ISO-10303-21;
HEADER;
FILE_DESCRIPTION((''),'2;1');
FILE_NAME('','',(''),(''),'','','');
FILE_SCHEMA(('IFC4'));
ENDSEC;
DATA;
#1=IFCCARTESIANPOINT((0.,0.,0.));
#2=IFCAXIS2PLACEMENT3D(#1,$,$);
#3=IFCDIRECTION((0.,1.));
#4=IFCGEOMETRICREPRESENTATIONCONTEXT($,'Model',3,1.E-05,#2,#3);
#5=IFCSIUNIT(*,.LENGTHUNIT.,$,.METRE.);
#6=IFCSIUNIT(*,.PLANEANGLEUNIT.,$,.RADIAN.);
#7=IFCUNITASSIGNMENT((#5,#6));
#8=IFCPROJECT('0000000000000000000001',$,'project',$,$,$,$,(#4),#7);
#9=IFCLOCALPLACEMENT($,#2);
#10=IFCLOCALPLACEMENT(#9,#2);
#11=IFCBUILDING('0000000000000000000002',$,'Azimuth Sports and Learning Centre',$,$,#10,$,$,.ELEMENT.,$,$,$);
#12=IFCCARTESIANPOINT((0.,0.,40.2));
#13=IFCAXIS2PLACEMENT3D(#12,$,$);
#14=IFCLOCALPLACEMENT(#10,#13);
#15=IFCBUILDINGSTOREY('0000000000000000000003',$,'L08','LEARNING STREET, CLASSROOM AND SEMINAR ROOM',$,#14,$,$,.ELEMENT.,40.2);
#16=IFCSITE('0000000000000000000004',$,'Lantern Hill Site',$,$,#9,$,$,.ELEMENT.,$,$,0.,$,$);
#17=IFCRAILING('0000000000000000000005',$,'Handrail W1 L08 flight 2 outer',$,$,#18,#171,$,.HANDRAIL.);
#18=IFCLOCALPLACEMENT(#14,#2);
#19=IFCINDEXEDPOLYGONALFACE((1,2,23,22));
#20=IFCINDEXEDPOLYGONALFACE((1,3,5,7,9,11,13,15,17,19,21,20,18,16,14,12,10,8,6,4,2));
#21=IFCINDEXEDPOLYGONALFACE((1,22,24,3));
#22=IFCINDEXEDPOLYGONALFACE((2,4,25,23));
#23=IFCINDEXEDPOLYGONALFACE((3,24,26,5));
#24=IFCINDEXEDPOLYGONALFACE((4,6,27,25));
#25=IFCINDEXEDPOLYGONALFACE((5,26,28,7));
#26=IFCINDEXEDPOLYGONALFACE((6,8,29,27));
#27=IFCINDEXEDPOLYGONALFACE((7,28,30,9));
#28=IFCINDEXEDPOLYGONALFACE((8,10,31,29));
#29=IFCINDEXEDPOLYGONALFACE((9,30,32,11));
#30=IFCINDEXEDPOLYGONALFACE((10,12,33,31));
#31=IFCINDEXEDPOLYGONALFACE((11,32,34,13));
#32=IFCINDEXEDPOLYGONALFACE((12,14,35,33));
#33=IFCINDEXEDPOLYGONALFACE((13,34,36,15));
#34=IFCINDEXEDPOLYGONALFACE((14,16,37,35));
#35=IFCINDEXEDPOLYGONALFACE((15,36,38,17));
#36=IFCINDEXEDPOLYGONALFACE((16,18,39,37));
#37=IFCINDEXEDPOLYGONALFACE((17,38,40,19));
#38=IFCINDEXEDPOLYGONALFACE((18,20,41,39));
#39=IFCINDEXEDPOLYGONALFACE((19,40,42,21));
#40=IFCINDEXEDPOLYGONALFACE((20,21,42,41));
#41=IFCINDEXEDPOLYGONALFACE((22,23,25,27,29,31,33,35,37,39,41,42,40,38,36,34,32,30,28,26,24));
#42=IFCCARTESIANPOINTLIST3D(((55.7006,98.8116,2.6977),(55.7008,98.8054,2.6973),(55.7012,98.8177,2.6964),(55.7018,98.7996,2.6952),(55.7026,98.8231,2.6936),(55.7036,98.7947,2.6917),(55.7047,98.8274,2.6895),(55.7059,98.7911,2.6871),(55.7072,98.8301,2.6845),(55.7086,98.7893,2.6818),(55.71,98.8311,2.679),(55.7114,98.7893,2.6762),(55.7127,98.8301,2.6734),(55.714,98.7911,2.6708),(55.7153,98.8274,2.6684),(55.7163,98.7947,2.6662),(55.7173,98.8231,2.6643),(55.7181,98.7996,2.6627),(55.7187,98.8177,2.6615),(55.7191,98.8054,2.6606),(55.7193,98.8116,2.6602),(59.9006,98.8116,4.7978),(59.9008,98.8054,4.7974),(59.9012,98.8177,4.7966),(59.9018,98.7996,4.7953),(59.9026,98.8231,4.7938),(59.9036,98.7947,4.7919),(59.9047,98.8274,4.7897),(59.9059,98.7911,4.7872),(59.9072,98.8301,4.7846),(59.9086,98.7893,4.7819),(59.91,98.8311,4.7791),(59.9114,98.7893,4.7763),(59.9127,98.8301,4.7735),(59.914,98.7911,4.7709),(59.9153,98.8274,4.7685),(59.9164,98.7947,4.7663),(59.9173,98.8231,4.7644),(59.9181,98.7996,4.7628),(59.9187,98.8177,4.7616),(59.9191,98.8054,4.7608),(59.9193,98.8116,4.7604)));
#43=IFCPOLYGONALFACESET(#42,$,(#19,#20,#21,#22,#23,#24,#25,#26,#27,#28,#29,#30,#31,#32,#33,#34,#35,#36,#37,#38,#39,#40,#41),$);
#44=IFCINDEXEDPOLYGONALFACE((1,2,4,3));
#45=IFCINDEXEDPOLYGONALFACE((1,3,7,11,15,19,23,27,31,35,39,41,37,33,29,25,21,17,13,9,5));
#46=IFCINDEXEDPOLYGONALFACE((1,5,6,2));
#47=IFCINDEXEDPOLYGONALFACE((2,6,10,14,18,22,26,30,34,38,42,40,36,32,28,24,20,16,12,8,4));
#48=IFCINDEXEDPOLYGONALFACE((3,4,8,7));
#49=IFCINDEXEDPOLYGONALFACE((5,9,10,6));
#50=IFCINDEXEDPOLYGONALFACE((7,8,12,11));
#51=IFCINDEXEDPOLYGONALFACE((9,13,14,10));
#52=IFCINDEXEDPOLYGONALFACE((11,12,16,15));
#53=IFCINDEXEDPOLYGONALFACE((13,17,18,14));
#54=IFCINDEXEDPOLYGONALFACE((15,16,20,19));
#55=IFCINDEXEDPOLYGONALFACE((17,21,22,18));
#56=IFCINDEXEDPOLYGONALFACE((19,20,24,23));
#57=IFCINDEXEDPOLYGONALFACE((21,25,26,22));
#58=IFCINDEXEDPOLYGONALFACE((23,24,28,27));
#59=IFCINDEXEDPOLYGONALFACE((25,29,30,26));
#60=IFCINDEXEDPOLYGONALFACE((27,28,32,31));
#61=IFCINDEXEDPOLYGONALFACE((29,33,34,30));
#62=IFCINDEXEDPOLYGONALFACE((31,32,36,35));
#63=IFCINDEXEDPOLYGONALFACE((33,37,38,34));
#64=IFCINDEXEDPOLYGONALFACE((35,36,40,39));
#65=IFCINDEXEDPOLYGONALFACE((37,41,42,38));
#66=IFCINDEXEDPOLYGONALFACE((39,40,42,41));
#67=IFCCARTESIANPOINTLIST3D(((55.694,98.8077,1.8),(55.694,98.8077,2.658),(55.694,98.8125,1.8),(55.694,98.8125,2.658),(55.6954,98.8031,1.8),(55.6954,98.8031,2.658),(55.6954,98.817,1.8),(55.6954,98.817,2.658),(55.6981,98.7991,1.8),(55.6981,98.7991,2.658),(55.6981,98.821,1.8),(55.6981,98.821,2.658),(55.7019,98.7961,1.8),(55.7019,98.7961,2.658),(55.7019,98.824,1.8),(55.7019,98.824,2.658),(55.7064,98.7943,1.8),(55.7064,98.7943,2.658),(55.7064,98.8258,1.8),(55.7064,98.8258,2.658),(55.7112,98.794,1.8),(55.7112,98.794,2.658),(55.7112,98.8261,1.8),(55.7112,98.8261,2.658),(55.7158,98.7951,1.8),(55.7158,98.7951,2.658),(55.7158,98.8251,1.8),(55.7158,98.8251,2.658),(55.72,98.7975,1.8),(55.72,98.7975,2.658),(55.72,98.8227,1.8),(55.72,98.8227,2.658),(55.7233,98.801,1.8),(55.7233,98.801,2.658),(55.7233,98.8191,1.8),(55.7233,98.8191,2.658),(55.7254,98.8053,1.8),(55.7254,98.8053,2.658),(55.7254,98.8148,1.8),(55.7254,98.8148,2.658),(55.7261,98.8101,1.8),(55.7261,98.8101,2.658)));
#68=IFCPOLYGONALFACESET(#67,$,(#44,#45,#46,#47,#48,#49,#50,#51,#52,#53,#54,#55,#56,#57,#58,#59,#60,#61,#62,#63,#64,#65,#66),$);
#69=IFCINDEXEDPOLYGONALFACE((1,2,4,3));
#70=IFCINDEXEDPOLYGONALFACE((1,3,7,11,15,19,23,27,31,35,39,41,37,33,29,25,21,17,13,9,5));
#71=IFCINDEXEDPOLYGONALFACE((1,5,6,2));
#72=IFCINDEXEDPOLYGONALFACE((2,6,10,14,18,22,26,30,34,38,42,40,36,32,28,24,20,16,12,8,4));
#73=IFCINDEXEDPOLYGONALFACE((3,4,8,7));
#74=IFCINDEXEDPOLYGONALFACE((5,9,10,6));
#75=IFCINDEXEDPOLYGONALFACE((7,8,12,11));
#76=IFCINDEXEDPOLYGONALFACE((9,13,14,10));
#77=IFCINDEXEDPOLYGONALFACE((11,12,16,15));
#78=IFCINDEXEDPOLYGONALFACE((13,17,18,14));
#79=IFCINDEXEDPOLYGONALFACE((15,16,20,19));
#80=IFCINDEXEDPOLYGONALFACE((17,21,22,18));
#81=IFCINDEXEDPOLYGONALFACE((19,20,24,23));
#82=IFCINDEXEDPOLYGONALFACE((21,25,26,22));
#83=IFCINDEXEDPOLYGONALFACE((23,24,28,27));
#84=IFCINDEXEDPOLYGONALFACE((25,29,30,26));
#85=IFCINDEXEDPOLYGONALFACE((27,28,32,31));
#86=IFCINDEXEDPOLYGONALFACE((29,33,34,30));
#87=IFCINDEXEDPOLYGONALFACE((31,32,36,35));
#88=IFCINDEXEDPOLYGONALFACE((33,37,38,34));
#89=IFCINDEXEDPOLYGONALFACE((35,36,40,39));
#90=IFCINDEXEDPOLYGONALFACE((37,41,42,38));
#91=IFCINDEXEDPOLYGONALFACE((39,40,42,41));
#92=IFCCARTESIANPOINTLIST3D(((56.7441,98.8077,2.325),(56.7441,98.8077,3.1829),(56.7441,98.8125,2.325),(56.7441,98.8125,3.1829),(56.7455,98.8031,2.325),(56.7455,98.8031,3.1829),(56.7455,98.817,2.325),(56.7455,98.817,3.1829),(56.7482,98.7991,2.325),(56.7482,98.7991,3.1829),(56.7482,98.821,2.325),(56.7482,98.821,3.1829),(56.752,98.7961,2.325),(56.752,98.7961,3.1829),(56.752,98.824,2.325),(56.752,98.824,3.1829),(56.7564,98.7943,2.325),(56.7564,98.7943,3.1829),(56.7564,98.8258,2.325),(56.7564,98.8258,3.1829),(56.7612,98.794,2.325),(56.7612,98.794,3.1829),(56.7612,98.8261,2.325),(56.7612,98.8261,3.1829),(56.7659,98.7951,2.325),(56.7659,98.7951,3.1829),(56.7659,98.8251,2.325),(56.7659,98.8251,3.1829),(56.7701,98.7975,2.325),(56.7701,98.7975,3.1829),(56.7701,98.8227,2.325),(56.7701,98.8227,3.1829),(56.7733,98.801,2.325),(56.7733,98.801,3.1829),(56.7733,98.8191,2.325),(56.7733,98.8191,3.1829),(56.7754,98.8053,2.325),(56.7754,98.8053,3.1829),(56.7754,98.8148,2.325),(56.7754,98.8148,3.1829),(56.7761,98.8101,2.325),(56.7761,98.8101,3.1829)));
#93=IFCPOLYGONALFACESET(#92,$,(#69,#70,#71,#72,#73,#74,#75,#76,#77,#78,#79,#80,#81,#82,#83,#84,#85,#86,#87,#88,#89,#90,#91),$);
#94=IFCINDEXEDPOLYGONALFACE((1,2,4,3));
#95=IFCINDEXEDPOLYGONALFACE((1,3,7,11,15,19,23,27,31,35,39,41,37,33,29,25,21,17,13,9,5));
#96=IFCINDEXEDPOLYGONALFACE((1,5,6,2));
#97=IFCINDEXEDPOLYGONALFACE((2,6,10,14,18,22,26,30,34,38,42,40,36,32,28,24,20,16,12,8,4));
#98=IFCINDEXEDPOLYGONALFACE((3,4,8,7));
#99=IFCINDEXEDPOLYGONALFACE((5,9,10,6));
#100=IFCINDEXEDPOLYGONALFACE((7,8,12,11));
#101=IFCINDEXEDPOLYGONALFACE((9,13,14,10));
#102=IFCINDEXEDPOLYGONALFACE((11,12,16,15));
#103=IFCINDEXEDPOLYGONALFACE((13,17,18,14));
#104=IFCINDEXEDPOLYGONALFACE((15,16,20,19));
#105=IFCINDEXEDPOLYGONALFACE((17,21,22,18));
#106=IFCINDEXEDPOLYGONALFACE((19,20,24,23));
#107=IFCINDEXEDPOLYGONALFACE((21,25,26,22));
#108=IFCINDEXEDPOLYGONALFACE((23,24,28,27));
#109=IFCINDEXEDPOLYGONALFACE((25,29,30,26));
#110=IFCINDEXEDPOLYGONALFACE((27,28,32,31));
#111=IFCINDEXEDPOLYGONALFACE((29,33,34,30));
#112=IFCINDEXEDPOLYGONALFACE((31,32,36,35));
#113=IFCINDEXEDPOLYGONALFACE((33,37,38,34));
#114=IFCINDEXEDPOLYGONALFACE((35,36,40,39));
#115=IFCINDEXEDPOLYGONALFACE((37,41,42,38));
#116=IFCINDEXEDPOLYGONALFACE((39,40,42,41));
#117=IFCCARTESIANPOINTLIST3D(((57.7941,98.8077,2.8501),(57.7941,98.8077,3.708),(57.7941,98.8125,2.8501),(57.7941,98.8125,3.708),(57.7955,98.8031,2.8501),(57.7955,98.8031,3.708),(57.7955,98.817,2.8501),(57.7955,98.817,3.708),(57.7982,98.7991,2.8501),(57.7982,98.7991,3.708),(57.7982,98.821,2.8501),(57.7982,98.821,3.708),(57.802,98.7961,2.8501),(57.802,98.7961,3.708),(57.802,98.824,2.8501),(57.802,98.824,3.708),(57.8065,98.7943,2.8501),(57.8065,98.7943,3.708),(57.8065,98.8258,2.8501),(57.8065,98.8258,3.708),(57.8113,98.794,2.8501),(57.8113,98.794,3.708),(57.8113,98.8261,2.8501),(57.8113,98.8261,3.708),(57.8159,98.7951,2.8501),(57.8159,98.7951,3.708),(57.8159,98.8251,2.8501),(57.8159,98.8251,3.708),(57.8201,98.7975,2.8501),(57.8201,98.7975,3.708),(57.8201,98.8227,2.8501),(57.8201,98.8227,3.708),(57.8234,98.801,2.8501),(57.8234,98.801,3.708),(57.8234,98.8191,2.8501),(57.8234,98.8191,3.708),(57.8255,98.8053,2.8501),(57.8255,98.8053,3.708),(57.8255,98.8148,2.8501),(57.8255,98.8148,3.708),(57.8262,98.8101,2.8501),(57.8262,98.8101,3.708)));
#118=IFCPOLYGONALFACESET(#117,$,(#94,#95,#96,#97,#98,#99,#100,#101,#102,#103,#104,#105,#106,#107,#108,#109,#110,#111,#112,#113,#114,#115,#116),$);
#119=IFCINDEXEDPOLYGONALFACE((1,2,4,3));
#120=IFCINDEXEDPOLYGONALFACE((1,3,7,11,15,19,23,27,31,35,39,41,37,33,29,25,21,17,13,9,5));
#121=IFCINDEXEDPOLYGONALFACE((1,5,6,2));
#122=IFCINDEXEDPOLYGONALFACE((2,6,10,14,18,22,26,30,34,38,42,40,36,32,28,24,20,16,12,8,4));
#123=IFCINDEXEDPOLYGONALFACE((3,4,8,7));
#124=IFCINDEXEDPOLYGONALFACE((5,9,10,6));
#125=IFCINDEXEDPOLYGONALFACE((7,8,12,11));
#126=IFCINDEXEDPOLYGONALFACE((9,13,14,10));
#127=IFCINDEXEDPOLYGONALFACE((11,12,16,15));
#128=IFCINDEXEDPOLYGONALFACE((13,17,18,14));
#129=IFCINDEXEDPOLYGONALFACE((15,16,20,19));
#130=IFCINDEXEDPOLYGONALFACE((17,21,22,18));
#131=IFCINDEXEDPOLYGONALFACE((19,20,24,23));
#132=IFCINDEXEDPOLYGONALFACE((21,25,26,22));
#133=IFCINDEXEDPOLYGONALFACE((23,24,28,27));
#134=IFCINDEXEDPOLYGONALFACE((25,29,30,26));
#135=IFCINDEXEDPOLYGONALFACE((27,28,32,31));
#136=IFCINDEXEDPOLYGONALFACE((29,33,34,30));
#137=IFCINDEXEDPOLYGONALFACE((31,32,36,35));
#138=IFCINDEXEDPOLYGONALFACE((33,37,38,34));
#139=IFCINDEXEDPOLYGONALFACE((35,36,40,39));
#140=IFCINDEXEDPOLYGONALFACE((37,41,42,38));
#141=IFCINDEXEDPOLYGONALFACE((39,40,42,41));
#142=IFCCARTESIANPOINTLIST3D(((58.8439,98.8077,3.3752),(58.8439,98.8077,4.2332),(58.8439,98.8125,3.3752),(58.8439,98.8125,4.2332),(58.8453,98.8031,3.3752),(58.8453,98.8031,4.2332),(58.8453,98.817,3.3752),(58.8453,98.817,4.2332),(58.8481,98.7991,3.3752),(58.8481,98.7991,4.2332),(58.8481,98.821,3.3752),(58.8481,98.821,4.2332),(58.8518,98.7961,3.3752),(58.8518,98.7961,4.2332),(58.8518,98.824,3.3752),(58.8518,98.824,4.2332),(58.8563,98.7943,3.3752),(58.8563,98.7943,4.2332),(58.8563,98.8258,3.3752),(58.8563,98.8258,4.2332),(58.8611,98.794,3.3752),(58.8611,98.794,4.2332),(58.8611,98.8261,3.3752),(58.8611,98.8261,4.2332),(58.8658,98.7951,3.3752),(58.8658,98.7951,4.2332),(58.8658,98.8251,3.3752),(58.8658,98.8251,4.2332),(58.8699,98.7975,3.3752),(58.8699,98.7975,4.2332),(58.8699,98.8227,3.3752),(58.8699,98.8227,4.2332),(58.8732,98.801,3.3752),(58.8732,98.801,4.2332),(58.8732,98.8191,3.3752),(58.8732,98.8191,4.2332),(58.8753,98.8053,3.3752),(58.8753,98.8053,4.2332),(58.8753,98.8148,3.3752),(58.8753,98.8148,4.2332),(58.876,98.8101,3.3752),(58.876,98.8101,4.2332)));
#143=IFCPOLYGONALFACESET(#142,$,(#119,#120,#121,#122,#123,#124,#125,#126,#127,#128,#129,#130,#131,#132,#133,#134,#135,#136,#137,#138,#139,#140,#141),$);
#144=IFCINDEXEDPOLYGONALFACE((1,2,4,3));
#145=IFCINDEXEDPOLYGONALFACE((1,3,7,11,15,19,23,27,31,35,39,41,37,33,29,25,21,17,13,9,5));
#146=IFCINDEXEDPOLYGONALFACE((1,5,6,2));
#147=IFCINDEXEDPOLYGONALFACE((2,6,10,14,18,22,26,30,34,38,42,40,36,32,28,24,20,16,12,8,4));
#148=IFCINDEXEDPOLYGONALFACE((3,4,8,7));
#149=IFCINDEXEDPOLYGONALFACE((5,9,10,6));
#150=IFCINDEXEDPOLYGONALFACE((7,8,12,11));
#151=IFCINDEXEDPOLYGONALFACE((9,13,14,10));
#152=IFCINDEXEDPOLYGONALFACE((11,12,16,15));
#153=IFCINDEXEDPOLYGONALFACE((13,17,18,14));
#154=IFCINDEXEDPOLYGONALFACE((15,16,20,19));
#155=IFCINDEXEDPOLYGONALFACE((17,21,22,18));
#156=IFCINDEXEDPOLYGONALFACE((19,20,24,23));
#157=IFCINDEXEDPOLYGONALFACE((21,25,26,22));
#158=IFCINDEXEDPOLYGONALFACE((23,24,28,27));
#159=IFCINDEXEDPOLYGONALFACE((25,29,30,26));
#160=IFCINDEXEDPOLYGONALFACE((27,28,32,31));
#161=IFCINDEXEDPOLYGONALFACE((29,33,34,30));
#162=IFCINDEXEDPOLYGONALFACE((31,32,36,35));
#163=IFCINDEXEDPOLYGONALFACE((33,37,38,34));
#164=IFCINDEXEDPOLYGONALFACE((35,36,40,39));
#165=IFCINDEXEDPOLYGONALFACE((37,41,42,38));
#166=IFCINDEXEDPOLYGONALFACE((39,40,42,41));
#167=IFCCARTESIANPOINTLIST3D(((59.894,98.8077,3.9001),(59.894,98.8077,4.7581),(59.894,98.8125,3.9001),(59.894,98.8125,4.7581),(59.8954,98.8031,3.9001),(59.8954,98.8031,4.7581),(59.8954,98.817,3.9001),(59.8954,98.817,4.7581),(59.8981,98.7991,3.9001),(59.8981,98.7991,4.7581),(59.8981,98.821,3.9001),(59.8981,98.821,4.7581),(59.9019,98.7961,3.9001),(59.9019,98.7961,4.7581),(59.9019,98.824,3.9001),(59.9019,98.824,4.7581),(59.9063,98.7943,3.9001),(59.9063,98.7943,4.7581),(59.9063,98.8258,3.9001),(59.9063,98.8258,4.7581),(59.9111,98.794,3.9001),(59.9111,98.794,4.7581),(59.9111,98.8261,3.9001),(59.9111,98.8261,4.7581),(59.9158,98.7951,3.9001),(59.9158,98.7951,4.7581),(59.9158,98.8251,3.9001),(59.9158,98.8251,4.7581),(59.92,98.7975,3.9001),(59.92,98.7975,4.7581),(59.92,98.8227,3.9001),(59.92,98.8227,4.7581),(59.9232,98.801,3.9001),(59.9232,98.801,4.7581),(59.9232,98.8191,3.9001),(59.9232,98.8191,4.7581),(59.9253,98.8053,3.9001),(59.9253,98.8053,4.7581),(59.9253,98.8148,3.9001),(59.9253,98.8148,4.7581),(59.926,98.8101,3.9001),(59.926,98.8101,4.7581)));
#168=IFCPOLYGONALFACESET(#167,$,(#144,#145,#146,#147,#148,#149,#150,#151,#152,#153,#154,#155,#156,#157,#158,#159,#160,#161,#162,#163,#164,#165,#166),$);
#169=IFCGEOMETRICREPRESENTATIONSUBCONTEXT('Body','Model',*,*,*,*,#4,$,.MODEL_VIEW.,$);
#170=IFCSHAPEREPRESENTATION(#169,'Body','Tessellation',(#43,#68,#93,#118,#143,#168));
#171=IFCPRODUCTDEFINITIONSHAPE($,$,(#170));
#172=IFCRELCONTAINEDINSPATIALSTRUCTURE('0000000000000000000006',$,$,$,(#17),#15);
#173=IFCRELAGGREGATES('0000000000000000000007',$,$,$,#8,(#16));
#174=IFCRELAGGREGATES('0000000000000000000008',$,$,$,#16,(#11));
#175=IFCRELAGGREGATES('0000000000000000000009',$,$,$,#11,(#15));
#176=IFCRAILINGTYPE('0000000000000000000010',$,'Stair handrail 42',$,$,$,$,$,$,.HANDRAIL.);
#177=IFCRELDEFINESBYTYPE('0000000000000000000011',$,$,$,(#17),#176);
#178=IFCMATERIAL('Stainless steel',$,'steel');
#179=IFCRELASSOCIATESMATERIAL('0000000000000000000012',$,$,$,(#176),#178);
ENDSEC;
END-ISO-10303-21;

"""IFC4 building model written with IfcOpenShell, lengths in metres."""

from ifc_helpers import new_model, si_unit, direction, frame, origin, origin_2d, place, context, subcontext, project, spatial, circle, extrude, material, type_object, element, save


model = new_model("IFC4")

# Units and contexts
model_context = context("Model", 3, precision=1e-05, world=origin(), true_north=direction((0.0, 1.0)))
body_context = subcontext(model_context, "Body", "Model", "MODEL_VIEW")
ifc_project = project(units=[si_unit("LENGTHUNIT", "METRE"), si_unit("PLANEANGLEUNIT", "RADIAN")], contexts=[model_context])

# Site, building, storey
site_placement = place(None, origin())
site = spatial("IfcSite", under=ifc_project, at=site_placement, Name="Lantern Hill Site", CompositionType="ELEMENT", RefElevation=0.0)
building_placement = place(site_placement, origin())
building = spatial("IfcBuilding", under=site, at=building_placement, Name="Azimuth Sports and Learning Centre", CompositionType="ELEMENT")
storey_placement = place(building_placement, frame((0.0, 0.0, 40.2)))
storey = spatial("IfcBuildingStorey", under=building, at=storey_placement, Name="L08", Description="LEARNING STREET, CLASSROOM AND SEMINAR ROOM", CompositionType="ELEMENT", Elevation=40.2)

# Railing
ifc_material_1 = material(Name="Stainless steel", Category="steel")
railing_type_1 = type_object("IfcRailingType", Name="Stair handrail 42", PredefinedType="HANDRAIL", material=ifc_material_1)
for number, where, name in (
    (1, (55.71, 98.8101, 1.8), "Handrail W1 L08 flight 2 outer"),
):
    element("IfcRailing", number, at=place(storey_placement, frame(where)), inside=storey, type_object=railing_type_1, Name=name, PredefinedType="HANDRAIL", context=body_context, shape_type="SweptSolid", body=[
        extrude(circle(Radius=0.021, at=origin_2d()), frame((0.0, 0.0, 0.8789), z_axis=(0.894417, 0.0, 0.447234), x_axis=(0.0, 1.0, 0.0)), (0.0, 0.0, 1.0), 4.6958),
        extrude(circle(Radius=0.0161, at=origin_2d()), origin(), (0.0, 0.0, 1.0), 0.8579),
        extrude(circle(Radius=0.0161, at=origin_2d()), frame((1.05, 0.0, 0.5249)), (0.0, 0.0, 1.0), 0.8579),
        extrude(circle(Radius=0.0161, at=origin_2d()), frame((2.1001, 0.0, 1.05)), (0.0, 0.0, 1.0), 0.8579),
        extrude(circle(Radius=0.0161, at=origin_2d()), frame((3.1499, 0.0, 1.5752)), (0.0, 0.0, 1.0), 0.8579),
        extrude(circle(Radius=0.0161, at=origin_2d()), frame((4.2, 0.0, 2.1001)), (0.0, 0.0, 1.0), 0.8579),
    ])

save(model, "model.ifc")
